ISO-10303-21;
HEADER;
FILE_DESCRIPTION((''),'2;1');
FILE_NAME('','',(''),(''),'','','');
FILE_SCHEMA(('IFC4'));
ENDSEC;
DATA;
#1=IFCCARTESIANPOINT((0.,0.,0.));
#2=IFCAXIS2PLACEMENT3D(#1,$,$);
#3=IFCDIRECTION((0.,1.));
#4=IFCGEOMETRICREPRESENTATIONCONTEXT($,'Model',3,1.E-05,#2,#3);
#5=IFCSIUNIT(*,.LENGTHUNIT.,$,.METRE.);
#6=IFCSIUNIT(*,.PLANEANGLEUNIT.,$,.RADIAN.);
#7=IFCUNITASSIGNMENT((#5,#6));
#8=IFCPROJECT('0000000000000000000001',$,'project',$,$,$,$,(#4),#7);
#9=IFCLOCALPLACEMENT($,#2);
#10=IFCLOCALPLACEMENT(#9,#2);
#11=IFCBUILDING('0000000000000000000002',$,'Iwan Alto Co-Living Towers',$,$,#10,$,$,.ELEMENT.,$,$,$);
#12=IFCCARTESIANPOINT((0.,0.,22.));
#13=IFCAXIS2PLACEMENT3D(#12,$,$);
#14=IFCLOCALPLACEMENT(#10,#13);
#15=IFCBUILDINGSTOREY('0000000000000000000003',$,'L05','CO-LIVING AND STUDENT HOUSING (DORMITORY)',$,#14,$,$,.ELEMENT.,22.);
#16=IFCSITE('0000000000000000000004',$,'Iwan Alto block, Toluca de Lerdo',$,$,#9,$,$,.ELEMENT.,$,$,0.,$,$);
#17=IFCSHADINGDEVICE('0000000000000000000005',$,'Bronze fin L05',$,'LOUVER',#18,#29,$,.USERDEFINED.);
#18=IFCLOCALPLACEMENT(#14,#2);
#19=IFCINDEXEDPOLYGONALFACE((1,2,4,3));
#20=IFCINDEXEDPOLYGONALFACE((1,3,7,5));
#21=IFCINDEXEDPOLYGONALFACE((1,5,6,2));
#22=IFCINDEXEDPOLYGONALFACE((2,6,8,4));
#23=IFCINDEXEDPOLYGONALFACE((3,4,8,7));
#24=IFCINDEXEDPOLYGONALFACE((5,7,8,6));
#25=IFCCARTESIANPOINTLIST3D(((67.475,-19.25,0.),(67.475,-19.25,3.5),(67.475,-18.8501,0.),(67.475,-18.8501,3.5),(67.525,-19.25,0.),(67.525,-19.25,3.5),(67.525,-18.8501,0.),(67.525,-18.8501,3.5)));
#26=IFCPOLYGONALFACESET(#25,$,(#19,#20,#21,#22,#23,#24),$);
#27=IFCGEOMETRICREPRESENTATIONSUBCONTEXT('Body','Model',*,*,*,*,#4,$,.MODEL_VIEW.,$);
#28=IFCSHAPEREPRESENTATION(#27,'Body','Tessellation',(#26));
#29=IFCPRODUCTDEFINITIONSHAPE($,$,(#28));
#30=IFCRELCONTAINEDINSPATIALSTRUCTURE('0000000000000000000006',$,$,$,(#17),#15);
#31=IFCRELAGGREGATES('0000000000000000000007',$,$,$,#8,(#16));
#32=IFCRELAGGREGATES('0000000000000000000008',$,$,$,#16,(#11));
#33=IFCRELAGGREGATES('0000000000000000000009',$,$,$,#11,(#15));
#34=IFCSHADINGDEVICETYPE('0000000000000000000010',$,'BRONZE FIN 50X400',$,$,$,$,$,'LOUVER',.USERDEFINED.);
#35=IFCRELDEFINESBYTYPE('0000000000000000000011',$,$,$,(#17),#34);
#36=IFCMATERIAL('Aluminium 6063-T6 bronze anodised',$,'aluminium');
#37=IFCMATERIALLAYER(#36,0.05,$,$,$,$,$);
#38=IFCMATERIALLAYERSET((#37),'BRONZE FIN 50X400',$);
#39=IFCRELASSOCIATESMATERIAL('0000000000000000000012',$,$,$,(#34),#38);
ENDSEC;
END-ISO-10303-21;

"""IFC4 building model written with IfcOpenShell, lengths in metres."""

from ifc_helpers import new_model, si_unit, direction, frame, origin, origin_2d, place, context, subcontext, project, spatial, rectangle, extrude, material, layer, layer_set, type_object, element, save


model = new_model("IFC4")

# Units and contexts
model_context = context("Model", 3, precision=1e-05, world=origin(), true_north=direction((0.0, 1.0)))
body_context = subcontext(model_context, "Body", "Model", "MODEL_VIEW")
ifc_project = project(units=[si_unit("LENGTHUNIT", "METRE"), si_unit("PLANEANGLEUNIT", "RADIAN")], contexts=[model_context])

# Site, building, storey
site_placement = place(None, origin())
site = spatial("IfcSite", under=ifc_project, at=site_placement, Name="Iwan Alto block, Toluca de Lerdo", CompositionType="ELEMENT", RefElevation=0.0)
building_placement = place(site_placement, origin())
building = spatial("IfcBuilding", under=site, at=building_placement, Name="Iwan Alto Co-Living Towers", CompositionType="ELEMENT")
storey_placement = place(building_placement, frame((0.0, 0.0, 22.0)))
storey = spatial("IfcBuildingStorey", under=building, at=storey_placement, Name="L05", Description="CO-LIVING AND STUDENT HOUSING (DORMITORY)", CompositionType="ELEMENT", Elevation=22.0)

# Shading device
ifc_material_1 = material(Name="Aluminium 6063-T6 bronze anodised", Category="aluminium")
ifc_layer_1 = layer(ifc_material_1, 0.05)
ifc_layer_set_1 = layer_set([ifc_layer_1], Name="BRONZE FIN 50X400")
shading_device_type = type_object("IfcShadingDeviceType", Name="BRONZE FIN 50X400", ElementType="LOUVER", PredefinedType="USERDEFINED", material=ifc_layer_set_1)
shading_device_placement = place(storey_placement, frame((67.5, -19.05, 0.0), z_axis=(0.0, 0.0, 1.0), x_axis=(1.0, 0.0, 0.0)))
element("IfcShadingDevice", 1, at=shading_device_placement, inside=storey, type_object=shading_device_type, Name="Bronze fin L05", ObjectType="LOUVER", PredefinedType="USERDEFINED", context=body_context, shape_type="SweptSolid", body=[
    extrude(rectangle(XDim=0.05, YDim=0.3999, at=origin_2d()), origin(), (0.0, 0.0, 1.0), 3.5),
])

save(model, "model.ifc")
